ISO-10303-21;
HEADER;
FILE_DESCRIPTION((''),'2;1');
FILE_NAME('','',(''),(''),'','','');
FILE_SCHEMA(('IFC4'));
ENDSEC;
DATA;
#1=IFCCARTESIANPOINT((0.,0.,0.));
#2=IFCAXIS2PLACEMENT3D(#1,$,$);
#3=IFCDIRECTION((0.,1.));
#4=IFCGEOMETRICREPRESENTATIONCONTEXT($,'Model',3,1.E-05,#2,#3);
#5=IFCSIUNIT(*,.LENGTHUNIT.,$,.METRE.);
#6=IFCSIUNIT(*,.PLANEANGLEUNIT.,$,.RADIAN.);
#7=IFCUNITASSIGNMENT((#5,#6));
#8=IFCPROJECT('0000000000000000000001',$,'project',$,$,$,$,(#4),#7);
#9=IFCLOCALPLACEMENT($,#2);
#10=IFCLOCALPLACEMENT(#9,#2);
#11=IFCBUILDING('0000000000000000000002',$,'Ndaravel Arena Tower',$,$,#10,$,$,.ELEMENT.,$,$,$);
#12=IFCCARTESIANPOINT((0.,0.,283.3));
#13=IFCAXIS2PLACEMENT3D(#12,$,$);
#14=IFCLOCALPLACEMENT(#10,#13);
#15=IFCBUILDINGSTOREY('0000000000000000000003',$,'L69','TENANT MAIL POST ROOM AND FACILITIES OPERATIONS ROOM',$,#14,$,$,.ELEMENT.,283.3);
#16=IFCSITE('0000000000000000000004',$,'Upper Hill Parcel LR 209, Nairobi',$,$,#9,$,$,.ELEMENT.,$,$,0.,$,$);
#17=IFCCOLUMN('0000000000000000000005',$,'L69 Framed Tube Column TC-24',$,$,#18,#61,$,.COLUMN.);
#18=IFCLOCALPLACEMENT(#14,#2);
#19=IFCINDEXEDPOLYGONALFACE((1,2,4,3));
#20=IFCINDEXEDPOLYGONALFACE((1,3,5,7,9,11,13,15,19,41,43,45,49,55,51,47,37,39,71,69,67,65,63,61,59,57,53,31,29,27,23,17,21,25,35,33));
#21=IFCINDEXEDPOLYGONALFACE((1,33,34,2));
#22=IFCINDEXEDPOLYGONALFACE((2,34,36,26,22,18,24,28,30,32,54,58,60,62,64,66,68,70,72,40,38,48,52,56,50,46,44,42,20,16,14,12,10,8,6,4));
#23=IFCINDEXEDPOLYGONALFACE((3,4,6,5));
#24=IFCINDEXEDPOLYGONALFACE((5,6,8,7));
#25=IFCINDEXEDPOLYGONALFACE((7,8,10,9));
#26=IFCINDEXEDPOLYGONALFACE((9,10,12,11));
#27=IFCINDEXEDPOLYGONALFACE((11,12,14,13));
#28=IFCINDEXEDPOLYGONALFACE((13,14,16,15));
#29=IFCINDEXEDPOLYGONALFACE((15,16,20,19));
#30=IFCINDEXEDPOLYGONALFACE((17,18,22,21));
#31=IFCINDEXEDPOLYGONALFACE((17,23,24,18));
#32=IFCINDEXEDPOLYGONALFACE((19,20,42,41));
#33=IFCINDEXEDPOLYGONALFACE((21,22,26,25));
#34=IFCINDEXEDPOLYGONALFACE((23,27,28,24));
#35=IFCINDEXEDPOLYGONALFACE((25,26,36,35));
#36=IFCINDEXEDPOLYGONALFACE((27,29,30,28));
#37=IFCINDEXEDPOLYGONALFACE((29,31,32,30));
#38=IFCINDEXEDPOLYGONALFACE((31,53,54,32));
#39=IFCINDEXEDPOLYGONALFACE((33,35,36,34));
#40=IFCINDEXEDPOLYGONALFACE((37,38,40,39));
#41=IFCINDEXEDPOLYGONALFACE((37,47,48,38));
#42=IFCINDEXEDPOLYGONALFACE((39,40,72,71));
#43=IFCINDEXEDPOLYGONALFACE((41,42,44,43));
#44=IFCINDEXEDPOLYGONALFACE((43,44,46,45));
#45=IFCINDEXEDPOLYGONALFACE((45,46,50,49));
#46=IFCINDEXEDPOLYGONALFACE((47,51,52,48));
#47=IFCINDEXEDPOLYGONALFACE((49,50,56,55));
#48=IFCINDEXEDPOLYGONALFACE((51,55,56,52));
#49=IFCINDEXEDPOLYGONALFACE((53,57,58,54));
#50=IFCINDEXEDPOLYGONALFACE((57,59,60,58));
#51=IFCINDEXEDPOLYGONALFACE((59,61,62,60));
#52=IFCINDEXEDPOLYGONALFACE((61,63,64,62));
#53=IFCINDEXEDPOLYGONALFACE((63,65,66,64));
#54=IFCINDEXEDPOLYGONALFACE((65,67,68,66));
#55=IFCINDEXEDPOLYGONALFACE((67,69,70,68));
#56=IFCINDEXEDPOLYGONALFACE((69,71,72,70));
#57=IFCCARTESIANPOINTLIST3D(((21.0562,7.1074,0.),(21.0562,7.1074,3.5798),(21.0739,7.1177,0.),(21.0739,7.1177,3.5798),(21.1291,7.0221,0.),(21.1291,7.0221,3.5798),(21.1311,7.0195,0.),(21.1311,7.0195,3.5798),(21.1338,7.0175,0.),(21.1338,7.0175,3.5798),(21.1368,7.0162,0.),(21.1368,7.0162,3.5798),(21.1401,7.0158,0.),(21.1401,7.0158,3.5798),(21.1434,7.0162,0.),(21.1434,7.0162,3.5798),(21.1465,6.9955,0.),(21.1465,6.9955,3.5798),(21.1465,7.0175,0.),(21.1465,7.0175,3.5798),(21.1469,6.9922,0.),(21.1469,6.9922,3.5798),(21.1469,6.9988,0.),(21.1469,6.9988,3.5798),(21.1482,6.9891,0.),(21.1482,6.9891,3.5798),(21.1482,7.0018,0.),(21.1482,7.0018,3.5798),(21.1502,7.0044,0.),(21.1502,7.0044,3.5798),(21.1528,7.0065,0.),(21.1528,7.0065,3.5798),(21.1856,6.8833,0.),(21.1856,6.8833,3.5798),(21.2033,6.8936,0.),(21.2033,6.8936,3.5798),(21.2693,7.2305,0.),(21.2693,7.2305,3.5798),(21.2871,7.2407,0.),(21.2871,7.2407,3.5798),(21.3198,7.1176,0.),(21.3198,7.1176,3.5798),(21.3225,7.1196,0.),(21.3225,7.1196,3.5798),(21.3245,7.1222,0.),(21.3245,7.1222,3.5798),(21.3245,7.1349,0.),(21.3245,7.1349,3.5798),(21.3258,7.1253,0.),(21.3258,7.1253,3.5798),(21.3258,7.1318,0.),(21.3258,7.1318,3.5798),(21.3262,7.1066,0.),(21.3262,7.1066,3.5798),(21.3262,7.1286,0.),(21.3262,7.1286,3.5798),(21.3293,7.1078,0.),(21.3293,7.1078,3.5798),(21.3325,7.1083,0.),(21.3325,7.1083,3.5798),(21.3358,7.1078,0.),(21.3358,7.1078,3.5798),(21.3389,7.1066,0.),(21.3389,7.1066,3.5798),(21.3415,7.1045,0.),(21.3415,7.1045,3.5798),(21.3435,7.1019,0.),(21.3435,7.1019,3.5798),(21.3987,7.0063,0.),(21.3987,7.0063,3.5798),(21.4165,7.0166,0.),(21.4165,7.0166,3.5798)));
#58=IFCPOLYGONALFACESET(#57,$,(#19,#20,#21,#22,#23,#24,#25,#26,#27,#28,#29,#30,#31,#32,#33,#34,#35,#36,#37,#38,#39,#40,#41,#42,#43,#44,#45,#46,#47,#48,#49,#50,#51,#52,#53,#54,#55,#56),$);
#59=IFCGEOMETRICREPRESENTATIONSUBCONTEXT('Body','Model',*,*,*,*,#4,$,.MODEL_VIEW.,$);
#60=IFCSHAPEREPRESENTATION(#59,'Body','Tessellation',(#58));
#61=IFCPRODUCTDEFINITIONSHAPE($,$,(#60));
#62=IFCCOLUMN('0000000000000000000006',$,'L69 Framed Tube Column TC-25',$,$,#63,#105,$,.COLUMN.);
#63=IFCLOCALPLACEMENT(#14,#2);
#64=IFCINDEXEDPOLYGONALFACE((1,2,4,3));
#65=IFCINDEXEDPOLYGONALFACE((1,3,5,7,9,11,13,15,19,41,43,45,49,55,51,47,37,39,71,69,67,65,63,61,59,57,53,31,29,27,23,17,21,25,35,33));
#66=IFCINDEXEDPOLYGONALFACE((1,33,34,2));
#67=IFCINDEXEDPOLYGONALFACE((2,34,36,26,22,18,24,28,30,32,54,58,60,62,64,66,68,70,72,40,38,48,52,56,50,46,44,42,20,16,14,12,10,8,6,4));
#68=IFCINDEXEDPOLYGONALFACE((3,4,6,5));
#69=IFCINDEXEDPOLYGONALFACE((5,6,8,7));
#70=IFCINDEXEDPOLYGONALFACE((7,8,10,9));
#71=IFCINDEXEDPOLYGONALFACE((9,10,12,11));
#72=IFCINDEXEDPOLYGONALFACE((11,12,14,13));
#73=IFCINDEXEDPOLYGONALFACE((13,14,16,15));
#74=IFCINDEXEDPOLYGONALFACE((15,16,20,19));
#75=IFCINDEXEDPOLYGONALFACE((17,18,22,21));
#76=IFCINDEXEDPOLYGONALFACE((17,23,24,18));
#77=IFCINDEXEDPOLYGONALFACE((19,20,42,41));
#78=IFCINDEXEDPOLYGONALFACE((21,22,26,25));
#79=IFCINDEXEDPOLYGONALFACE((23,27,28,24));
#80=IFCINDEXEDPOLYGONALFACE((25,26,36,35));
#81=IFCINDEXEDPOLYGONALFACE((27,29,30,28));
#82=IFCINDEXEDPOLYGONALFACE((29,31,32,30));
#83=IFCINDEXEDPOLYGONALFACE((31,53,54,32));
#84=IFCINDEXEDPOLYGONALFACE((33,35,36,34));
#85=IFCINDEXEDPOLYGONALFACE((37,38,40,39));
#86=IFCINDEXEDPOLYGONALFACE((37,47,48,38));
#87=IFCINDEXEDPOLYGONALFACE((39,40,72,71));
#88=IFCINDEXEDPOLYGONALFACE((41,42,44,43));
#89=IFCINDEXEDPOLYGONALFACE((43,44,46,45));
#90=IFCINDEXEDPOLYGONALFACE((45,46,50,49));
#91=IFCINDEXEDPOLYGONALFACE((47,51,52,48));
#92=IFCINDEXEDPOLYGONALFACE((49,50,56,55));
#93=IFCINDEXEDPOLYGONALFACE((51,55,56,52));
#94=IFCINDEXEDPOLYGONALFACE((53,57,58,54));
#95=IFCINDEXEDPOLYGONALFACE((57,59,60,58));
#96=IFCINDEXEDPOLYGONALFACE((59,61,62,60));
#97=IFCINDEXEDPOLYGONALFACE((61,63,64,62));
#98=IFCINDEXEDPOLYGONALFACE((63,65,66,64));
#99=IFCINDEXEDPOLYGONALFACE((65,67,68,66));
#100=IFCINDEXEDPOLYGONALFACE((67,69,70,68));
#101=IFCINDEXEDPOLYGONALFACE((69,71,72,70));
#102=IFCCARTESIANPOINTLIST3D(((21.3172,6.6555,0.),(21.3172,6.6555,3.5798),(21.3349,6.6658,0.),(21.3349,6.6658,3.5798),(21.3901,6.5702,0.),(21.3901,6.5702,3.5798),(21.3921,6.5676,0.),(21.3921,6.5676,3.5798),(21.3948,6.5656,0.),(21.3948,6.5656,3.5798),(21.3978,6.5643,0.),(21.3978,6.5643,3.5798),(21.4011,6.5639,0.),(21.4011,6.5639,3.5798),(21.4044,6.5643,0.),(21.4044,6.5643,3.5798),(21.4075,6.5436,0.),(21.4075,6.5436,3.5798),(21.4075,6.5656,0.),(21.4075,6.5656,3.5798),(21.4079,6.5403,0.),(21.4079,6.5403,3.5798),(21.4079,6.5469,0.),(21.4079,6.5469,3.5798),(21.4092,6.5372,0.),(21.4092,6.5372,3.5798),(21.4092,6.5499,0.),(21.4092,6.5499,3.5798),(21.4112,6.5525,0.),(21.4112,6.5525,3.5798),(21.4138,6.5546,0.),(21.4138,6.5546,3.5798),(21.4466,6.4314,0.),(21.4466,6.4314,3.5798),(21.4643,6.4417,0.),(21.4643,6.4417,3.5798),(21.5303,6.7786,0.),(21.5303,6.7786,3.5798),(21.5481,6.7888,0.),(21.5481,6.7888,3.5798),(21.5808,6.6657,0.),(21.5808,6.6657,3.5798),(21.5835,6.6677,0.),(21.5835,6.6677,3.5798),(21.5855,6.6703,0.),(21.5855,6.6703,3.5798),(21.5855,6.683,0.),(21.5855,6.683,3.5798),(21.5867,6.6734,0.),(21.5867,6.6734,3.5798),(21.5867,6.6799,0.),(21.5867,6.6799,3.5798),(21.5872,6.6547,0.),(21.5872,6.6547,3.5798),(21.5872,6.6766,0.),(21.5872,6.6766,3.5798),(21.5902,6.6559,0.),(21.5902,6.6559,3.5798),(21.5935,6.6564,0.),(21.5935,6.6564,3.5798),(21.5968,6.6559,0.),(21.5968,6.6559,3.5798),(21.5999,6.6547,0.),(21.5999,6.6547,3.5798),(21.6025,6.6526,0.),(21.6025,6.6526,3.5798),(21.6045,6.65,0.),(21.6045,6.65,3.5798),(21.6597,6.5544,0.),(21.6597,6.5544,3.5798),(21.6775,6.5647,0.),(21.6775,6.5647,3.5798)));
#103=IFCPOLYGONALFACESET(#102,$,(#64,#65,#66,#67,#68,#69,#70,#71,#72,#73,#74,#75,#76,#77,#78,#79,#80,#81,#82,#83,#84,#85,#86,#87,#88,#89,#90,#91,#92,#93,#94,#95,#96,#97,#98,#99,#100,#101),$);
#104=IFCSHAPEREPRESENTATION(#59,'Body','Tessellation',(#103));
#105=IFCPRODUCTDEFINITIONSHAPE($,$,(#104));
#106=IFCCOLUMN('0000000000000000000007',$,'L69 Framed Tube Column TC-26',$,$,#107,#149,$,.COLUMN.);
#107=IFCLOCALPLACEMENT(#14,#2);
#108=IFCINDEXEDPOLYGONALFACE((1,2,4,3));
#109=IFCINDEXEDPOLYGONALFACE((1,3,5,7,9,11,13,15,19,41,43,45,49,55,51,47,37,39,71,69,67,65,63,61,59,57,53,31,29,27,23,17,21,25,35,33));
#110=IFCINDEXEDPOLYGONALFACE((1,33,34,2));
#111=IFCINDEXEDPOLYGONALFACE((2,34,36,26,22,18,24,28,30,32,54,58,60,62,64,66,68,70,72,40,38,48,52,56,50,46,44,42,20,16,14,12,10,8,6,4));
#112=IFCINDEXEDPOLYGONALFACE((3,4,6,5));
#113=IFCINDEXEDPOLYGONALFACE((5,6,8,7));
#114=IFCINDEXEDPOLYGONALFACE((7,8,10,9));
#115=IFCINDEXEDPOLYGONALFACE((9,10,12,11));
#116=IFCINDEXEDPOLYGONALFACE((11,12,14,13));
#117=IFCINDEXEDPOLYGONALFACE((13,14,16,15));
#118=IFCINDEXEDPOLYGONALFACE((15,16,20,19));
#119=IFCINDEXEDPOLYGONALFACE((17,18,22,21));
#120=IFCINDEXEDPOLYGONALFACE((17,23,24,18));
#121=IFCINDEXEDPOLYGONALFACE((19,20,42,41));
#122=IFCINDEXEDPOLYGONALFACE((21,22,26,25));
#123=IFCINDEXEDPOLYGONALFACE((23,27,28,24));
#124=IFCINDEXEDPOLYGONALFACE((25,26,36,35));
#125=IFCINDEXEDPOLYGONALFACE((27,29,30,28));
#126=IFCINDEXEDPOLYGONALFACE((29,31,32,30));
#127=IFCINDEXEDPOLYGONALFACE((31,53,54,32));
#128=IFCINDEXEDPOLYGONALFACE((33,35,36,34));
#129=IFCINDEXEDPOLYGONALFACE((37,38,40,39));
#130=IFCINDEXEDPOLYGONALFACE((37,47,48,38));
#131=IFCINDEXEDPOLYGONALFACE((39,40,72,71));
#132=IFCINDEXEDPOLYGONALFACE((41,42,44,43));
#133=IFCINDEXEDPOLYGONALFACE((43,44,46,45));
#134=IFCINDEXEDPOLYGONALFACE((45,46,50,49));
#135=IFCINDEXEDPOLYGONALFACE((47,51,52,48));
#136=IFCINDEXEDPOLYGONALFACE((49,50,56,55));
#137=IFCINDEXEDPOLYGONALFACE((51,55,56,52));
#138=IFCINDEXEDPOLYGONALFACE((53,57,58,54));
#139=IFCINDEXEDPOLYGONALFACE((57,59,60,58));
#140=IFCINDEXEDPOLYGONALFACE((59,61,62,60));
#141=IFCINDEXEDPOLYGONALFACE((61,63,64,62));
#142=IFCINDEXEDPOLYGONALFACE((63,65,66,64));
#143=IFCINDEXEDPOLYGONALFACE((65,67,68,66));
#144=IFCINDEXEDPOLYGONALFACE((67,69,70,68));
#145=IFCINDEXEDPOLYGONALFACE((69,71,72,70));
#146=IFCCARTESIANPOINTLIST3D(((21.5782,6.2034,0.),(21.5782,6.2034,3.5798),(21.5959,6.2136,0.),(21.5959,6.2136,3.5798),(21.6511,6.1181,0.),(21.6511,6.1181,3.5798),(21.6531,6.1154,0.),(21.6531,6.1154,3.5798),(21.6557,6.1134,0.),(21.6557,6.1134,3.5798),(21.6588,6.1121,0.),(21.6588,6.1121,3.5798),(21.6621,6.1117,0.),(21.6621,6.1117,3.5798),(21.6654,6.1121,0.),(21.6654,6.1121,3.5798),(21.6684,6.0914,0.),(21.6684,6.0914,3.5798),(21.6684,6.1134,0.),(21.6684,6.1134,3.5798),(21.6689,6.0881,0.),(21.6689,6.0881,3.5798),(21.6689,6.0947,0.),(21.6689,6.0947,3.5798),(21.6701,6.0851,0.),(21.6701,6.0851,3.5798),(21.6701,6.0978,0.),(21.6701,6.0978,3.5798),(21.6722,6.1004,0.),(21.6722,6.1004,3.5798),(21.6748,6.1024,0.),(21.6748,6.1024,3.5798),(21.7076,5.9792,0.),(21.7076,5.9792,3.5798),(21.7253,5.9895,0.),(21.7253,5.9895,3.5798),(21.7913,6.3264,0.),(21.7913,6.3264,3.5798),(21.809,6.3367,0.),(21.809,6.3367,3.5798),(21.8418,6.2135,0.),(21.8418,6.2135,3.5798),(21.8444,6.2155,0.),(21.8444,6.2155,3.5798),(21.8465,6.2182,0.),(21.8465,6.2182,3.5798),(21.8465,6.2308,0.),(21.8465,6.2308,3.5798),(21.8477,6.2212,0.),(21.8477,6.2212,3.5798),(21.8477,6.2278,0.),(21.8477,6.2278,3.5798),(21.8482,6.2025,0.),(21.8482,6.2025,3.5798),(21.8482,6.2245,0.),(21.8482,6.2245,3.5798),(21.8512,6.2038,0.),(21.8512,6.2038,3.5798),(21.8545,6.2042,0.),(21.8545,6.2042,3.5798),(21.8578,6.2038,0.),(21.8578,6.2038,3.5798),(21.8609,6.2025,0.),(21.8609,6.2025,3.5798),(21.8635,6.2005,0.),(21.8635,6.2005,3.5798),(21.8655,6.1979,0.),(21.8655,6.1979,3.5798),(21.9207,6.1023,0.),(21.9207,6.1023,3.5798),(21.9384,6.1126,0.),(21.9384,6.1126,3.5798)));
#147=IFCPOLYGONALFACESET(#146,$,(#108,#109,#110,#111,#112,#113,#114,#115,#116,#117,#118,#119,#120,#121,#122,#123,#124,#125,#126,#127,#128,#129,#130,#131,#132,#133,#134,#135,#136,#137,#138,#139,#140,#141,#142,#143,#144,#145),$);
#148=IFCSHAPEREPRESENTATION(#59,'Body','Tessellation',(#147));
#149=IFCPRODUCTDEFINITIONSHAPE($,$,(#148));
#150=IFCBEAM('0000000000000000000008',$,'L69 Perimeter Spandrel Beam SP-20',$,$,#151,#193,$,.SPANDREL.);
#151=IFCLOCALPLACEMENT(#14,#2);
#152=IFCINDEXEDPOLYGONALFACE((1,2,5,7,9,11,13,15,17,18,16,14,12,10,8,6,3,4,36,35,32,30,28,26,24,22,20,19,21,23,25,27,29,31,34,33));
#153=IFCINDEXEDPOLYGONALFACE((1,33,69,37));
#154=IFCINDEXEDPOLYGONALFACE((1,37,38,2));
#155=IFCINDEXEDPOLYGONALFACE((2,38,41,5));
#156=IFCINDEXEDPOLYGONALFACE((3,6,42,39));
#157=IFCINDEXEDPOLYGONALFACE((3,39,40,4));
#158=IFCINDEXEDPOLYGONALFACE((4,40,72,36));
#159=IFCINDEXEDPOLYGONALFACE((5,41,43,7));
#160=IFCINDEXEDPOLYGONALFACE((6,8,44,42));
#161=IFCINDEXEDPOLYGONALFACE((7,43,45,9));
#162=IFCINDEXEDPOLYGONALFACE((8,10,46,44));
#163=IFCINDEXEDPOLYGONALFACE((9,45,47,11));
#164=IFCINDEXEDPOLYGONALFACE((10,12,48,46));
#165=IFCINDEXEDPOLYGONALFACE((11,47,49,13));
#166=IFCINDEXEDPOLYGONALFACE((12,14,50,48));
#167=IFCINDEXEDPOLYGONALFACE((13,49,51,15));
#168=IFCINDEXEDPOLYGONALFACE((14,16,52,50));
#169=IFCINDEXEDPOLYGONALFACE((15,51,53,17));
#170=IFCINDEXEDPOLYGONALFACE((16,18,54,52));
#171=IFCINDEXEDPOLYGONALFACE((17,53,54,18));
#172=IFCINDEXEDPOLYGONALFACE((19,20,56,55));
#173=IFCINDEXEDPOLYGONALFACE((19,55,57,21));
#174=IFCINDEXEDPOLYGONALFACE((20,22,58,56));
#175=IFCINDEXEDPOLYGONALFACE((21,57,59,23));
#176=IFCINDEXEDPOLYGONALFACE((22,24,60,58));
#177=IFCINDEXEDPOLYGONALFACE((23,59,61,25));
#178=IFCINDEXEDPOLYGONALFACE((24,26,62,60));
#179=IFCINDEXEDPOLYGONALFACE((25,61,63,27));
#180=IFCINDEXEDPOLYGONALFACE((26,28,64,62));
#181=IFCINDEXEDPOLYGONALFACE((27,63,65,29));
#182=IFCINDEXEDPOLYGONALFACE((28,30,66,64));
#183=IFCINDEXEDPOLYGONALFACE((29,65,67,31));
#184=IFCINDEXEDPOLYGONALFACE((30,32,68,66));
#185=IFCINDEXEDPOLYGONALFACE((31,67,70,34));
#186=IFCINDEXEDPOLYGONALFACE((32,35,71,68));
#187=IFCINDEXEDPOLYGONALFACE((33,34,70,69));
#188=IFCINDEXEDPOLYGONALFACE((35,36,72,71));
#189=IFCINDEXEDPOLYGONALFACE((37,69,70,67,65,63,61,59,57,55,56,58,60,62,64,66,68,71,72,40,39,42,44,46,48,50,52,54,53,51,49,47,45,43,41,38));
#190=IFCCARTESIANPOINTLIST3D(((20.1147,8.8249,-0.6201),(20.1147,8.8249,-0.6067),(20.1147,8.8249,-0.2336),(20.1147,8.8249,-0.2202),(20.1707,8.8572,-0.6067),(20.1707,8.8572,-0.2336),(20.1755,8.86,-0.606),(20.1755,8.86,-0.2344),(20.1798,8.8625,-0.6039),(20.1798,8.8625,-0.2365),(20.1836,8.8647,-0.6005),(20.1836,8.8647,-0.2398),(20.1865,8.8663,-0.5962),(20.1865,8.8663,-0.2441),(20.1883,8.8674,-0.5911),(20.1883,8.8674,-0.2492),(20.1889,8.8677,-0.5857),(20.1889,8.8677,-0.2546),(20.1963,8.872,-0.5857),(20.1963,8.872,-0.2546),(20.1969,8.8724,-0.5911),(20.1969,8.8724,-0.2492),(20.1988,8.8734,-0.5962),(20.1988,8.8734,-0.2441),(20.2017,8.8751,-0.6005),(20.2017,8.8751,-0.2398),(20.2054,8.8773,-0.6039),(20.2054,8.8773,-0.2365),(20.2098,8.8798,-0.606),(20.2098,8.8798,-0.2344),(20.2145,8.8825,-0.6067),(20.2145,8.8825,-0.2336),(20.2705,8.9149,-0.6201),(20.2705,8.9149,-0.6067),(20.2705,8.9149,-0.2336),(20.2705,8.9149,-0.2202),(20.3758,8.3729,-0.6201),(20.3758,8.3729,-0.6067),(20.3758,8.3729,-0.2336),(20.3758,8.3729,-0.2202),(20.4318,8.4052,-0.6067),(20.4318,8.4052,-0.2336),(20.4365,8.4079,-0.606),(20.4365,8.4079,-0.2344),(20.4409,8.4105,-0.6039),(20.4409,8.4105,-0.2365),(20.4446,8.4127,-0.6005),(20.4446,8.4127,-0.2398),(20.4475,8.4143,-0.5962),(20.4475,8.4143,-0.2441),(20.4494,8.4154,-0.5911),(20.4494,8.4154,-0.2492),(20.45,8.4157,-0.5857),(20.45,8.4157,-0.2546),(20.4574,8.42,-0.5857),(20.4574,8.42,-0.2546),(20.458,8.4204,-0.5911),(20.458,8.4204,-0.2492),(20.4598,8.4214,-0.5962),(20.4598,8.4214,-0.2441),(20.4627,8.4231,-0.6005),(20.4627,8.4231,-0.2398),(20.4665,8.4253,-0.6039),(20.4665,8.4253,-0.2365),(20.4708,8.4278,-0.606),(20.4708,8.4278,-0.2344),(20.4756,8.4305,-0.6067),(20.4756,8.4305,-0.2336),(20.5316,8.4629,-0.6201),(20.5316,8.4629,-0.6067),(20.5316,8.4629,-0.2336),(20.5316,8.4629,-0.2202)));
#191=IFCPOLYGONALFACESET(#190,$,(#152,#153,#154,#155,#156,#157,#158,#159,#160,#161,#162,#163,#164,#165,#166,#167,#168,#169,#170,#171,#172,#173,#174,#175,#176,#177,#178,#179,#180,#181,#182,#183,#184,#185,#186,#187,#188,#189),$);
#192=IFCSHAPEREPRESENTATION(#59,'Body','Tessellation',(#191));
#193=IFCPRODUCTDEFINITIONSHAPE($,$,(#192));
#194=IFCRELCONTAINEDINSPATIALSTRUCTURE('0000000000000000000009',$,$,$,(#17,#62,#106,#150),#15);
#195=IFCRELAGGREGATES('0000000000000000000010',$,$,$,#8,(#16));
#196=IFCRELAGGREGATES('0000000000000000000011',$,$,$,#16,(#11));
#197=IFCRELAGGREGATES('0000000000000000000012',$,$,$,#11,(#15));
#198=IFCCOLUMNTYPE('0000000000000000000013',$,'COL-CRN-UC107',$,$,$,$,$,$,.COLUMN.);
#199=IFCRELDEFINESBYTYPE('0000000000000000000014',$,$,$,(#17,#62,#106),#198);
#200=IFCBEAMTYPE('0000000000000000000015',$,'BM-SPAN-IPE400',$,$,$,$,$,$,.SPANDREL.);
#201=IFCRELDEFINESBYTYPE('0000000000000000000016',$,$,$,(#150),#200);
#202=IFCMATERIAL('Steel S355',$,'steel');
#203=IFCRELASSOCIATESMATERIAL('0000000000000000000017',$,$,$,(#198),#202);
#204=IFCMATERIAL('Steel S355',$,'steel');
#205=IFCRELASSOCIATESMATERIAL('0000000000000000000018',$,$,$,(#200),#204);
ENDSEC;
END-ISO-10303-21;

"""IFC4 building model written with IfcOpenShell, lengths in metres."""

from ifc_helpers import new_model, si_unit, direction, frame, origin, origin_2d, place, context, subcontext, project, spatial, i_section, extrude, material, material_profile, profile_set, type_object, element, save


model = new_model("IFC4")

# Units and contexts
model_context = context("Model", 3, precision=1e-05, world=origin(), true_north=direction((0.0, 1.0)))
body_context = subcontext(model_context, "Body", "Model", "MODEL_VIEW")
ifc_project = project(units=[si_unit("LENGTHUNIT", "METRE"), si_unit("PLANEANGLEUNIT", "RADIAN")], contexts=[model_context])

# Site, building, storey
site_placement = place(None, origin())
site = spatial("IfcSite", under=ifc_project, at=site_placement, Name="Upper Hill Parcel LR 209, Nairobi", CompositionType="ELEMENT", RefElevation=0.0)
building_placement = place(site_placement, origin())
building = spatial("IfcBuilding", under=site, at=building_placement, Name="Ndaravel Arena Tower", CompositionType="ELEMENT")
storey_placement = place(building_placement, frame((0.0, 0.0, 283.3)))
storey = spatial("IfcBuildingStorey", under=building, at=storey_placement, Name="L69", Description="TENANT MAIL POST ROOM AND FACILITIES OPERATIONS ROOM", CompositionType="ELEMENT", Elevation=283.3)

# Columns
ifc_material_1 = material(Name="Steel S355", Category="steel")
ifc_material_profile_1 = material_profile(ifc_material_1, i_section(OverallWidth=0.2588, OverallDepth=0.2666, WebThickness=0.0127, FlangeThickness=0.0205, FilletRadius=0.0127, at=origin_2d()), Name="UC 254x254x107")
ifc_profile_set_1 = profile_set([ifc_material_profile_1], Name="Steel S355")
column_type = type_object("IfcColumnType", Name="COL-CRN-UC107", PredefinedType="COLUMN", material=ifc_profile_set_1)
for number, where, z_axis, x_axis, name in (
    (1, (21.2363, 7.062, 0.0), (0.0, 0.0, 1.0), (-0.5, 0.866025, 0.0), "L69 Framed Tube Column TC-24"),
    (2, (21.4973, 6.6101, 0.0), (0.0, 0.0, 1.0), (-0.5, 0.866025, 0.0), "L69 Framed Tube Column TC-25"),
    (3, (21.7583, 6.158, 0.0), (0.0, 0.0, 1.0), (-0.5, 0.866025, 0.0), "L69 Framed Tube Column TC-26"),
):
    element("IfcColumn", number, at=place(storey_placement, frame(where, z_axis=z_axis, x_axis=x_axis)), inside=storey, type_object=column_type, Name=name, PredefinedType="COLUMN", context=body_context, shape_type="SweptSolid", body=[
        extrude(i_section(OverallWidth=0.2588, OverallDepth=0.2666, WebThickness=0.0127, FlangeThickness=0.0205, FilletRadius=0.0127, at=origin_2d()), origin(), (0.0, 0.0, 1.0), 3.5798),
    ])

# Beam
ifc_material_2 = material(Name="Steel S355", Category="steel")
ifc_material_profile_2 = material_profile(ifc_material_2, i_section(OverallWidth=0.1799, OverallDepth=0.3999, WebThickness=0.0085, FlangeThickness=0.0134, FilletRadius=0.021, at=origin_2d()), Name="IPE 400")
ifc_profile_set_2 = profile_set([ifc_material_profile_2], Name="Steel S355")
beam_type = type_object("IfcBeamType", Name="BM-SPAN-IPE400", PredefinedType="SPANDREL", material=ifc_profile_set_2)
for number, where, z_axis, x_axis, name in (
    (4, (20.1926, 8.8699, -0.4202), (0.500114, -0.86596, 0.0), (0.86596, 0.500114, 0.0), "L69 Perimeter Spandrel Beam SP-20"),
):
    element("IfcBeam", number, at=place(storey_placement, frame(where, z_axis=z_axis, x_axis=x_axis)), inside=storey, type_object=beam_type, Name=name, PredefinedType="SPANDREL", context=body_context, shape_type="SweptSolid", body=[
        extrude(i_section(OverallWidth=0.1799, OverallDepth=0.3999, WebThickness=0.0085, FlangeThickness=0.0134, FilletRadius=0.021, at=origin_2d()), origin(), (0.0, 0.0, 1.0), 0.522),
    ])

save(model, "model.ifc")
